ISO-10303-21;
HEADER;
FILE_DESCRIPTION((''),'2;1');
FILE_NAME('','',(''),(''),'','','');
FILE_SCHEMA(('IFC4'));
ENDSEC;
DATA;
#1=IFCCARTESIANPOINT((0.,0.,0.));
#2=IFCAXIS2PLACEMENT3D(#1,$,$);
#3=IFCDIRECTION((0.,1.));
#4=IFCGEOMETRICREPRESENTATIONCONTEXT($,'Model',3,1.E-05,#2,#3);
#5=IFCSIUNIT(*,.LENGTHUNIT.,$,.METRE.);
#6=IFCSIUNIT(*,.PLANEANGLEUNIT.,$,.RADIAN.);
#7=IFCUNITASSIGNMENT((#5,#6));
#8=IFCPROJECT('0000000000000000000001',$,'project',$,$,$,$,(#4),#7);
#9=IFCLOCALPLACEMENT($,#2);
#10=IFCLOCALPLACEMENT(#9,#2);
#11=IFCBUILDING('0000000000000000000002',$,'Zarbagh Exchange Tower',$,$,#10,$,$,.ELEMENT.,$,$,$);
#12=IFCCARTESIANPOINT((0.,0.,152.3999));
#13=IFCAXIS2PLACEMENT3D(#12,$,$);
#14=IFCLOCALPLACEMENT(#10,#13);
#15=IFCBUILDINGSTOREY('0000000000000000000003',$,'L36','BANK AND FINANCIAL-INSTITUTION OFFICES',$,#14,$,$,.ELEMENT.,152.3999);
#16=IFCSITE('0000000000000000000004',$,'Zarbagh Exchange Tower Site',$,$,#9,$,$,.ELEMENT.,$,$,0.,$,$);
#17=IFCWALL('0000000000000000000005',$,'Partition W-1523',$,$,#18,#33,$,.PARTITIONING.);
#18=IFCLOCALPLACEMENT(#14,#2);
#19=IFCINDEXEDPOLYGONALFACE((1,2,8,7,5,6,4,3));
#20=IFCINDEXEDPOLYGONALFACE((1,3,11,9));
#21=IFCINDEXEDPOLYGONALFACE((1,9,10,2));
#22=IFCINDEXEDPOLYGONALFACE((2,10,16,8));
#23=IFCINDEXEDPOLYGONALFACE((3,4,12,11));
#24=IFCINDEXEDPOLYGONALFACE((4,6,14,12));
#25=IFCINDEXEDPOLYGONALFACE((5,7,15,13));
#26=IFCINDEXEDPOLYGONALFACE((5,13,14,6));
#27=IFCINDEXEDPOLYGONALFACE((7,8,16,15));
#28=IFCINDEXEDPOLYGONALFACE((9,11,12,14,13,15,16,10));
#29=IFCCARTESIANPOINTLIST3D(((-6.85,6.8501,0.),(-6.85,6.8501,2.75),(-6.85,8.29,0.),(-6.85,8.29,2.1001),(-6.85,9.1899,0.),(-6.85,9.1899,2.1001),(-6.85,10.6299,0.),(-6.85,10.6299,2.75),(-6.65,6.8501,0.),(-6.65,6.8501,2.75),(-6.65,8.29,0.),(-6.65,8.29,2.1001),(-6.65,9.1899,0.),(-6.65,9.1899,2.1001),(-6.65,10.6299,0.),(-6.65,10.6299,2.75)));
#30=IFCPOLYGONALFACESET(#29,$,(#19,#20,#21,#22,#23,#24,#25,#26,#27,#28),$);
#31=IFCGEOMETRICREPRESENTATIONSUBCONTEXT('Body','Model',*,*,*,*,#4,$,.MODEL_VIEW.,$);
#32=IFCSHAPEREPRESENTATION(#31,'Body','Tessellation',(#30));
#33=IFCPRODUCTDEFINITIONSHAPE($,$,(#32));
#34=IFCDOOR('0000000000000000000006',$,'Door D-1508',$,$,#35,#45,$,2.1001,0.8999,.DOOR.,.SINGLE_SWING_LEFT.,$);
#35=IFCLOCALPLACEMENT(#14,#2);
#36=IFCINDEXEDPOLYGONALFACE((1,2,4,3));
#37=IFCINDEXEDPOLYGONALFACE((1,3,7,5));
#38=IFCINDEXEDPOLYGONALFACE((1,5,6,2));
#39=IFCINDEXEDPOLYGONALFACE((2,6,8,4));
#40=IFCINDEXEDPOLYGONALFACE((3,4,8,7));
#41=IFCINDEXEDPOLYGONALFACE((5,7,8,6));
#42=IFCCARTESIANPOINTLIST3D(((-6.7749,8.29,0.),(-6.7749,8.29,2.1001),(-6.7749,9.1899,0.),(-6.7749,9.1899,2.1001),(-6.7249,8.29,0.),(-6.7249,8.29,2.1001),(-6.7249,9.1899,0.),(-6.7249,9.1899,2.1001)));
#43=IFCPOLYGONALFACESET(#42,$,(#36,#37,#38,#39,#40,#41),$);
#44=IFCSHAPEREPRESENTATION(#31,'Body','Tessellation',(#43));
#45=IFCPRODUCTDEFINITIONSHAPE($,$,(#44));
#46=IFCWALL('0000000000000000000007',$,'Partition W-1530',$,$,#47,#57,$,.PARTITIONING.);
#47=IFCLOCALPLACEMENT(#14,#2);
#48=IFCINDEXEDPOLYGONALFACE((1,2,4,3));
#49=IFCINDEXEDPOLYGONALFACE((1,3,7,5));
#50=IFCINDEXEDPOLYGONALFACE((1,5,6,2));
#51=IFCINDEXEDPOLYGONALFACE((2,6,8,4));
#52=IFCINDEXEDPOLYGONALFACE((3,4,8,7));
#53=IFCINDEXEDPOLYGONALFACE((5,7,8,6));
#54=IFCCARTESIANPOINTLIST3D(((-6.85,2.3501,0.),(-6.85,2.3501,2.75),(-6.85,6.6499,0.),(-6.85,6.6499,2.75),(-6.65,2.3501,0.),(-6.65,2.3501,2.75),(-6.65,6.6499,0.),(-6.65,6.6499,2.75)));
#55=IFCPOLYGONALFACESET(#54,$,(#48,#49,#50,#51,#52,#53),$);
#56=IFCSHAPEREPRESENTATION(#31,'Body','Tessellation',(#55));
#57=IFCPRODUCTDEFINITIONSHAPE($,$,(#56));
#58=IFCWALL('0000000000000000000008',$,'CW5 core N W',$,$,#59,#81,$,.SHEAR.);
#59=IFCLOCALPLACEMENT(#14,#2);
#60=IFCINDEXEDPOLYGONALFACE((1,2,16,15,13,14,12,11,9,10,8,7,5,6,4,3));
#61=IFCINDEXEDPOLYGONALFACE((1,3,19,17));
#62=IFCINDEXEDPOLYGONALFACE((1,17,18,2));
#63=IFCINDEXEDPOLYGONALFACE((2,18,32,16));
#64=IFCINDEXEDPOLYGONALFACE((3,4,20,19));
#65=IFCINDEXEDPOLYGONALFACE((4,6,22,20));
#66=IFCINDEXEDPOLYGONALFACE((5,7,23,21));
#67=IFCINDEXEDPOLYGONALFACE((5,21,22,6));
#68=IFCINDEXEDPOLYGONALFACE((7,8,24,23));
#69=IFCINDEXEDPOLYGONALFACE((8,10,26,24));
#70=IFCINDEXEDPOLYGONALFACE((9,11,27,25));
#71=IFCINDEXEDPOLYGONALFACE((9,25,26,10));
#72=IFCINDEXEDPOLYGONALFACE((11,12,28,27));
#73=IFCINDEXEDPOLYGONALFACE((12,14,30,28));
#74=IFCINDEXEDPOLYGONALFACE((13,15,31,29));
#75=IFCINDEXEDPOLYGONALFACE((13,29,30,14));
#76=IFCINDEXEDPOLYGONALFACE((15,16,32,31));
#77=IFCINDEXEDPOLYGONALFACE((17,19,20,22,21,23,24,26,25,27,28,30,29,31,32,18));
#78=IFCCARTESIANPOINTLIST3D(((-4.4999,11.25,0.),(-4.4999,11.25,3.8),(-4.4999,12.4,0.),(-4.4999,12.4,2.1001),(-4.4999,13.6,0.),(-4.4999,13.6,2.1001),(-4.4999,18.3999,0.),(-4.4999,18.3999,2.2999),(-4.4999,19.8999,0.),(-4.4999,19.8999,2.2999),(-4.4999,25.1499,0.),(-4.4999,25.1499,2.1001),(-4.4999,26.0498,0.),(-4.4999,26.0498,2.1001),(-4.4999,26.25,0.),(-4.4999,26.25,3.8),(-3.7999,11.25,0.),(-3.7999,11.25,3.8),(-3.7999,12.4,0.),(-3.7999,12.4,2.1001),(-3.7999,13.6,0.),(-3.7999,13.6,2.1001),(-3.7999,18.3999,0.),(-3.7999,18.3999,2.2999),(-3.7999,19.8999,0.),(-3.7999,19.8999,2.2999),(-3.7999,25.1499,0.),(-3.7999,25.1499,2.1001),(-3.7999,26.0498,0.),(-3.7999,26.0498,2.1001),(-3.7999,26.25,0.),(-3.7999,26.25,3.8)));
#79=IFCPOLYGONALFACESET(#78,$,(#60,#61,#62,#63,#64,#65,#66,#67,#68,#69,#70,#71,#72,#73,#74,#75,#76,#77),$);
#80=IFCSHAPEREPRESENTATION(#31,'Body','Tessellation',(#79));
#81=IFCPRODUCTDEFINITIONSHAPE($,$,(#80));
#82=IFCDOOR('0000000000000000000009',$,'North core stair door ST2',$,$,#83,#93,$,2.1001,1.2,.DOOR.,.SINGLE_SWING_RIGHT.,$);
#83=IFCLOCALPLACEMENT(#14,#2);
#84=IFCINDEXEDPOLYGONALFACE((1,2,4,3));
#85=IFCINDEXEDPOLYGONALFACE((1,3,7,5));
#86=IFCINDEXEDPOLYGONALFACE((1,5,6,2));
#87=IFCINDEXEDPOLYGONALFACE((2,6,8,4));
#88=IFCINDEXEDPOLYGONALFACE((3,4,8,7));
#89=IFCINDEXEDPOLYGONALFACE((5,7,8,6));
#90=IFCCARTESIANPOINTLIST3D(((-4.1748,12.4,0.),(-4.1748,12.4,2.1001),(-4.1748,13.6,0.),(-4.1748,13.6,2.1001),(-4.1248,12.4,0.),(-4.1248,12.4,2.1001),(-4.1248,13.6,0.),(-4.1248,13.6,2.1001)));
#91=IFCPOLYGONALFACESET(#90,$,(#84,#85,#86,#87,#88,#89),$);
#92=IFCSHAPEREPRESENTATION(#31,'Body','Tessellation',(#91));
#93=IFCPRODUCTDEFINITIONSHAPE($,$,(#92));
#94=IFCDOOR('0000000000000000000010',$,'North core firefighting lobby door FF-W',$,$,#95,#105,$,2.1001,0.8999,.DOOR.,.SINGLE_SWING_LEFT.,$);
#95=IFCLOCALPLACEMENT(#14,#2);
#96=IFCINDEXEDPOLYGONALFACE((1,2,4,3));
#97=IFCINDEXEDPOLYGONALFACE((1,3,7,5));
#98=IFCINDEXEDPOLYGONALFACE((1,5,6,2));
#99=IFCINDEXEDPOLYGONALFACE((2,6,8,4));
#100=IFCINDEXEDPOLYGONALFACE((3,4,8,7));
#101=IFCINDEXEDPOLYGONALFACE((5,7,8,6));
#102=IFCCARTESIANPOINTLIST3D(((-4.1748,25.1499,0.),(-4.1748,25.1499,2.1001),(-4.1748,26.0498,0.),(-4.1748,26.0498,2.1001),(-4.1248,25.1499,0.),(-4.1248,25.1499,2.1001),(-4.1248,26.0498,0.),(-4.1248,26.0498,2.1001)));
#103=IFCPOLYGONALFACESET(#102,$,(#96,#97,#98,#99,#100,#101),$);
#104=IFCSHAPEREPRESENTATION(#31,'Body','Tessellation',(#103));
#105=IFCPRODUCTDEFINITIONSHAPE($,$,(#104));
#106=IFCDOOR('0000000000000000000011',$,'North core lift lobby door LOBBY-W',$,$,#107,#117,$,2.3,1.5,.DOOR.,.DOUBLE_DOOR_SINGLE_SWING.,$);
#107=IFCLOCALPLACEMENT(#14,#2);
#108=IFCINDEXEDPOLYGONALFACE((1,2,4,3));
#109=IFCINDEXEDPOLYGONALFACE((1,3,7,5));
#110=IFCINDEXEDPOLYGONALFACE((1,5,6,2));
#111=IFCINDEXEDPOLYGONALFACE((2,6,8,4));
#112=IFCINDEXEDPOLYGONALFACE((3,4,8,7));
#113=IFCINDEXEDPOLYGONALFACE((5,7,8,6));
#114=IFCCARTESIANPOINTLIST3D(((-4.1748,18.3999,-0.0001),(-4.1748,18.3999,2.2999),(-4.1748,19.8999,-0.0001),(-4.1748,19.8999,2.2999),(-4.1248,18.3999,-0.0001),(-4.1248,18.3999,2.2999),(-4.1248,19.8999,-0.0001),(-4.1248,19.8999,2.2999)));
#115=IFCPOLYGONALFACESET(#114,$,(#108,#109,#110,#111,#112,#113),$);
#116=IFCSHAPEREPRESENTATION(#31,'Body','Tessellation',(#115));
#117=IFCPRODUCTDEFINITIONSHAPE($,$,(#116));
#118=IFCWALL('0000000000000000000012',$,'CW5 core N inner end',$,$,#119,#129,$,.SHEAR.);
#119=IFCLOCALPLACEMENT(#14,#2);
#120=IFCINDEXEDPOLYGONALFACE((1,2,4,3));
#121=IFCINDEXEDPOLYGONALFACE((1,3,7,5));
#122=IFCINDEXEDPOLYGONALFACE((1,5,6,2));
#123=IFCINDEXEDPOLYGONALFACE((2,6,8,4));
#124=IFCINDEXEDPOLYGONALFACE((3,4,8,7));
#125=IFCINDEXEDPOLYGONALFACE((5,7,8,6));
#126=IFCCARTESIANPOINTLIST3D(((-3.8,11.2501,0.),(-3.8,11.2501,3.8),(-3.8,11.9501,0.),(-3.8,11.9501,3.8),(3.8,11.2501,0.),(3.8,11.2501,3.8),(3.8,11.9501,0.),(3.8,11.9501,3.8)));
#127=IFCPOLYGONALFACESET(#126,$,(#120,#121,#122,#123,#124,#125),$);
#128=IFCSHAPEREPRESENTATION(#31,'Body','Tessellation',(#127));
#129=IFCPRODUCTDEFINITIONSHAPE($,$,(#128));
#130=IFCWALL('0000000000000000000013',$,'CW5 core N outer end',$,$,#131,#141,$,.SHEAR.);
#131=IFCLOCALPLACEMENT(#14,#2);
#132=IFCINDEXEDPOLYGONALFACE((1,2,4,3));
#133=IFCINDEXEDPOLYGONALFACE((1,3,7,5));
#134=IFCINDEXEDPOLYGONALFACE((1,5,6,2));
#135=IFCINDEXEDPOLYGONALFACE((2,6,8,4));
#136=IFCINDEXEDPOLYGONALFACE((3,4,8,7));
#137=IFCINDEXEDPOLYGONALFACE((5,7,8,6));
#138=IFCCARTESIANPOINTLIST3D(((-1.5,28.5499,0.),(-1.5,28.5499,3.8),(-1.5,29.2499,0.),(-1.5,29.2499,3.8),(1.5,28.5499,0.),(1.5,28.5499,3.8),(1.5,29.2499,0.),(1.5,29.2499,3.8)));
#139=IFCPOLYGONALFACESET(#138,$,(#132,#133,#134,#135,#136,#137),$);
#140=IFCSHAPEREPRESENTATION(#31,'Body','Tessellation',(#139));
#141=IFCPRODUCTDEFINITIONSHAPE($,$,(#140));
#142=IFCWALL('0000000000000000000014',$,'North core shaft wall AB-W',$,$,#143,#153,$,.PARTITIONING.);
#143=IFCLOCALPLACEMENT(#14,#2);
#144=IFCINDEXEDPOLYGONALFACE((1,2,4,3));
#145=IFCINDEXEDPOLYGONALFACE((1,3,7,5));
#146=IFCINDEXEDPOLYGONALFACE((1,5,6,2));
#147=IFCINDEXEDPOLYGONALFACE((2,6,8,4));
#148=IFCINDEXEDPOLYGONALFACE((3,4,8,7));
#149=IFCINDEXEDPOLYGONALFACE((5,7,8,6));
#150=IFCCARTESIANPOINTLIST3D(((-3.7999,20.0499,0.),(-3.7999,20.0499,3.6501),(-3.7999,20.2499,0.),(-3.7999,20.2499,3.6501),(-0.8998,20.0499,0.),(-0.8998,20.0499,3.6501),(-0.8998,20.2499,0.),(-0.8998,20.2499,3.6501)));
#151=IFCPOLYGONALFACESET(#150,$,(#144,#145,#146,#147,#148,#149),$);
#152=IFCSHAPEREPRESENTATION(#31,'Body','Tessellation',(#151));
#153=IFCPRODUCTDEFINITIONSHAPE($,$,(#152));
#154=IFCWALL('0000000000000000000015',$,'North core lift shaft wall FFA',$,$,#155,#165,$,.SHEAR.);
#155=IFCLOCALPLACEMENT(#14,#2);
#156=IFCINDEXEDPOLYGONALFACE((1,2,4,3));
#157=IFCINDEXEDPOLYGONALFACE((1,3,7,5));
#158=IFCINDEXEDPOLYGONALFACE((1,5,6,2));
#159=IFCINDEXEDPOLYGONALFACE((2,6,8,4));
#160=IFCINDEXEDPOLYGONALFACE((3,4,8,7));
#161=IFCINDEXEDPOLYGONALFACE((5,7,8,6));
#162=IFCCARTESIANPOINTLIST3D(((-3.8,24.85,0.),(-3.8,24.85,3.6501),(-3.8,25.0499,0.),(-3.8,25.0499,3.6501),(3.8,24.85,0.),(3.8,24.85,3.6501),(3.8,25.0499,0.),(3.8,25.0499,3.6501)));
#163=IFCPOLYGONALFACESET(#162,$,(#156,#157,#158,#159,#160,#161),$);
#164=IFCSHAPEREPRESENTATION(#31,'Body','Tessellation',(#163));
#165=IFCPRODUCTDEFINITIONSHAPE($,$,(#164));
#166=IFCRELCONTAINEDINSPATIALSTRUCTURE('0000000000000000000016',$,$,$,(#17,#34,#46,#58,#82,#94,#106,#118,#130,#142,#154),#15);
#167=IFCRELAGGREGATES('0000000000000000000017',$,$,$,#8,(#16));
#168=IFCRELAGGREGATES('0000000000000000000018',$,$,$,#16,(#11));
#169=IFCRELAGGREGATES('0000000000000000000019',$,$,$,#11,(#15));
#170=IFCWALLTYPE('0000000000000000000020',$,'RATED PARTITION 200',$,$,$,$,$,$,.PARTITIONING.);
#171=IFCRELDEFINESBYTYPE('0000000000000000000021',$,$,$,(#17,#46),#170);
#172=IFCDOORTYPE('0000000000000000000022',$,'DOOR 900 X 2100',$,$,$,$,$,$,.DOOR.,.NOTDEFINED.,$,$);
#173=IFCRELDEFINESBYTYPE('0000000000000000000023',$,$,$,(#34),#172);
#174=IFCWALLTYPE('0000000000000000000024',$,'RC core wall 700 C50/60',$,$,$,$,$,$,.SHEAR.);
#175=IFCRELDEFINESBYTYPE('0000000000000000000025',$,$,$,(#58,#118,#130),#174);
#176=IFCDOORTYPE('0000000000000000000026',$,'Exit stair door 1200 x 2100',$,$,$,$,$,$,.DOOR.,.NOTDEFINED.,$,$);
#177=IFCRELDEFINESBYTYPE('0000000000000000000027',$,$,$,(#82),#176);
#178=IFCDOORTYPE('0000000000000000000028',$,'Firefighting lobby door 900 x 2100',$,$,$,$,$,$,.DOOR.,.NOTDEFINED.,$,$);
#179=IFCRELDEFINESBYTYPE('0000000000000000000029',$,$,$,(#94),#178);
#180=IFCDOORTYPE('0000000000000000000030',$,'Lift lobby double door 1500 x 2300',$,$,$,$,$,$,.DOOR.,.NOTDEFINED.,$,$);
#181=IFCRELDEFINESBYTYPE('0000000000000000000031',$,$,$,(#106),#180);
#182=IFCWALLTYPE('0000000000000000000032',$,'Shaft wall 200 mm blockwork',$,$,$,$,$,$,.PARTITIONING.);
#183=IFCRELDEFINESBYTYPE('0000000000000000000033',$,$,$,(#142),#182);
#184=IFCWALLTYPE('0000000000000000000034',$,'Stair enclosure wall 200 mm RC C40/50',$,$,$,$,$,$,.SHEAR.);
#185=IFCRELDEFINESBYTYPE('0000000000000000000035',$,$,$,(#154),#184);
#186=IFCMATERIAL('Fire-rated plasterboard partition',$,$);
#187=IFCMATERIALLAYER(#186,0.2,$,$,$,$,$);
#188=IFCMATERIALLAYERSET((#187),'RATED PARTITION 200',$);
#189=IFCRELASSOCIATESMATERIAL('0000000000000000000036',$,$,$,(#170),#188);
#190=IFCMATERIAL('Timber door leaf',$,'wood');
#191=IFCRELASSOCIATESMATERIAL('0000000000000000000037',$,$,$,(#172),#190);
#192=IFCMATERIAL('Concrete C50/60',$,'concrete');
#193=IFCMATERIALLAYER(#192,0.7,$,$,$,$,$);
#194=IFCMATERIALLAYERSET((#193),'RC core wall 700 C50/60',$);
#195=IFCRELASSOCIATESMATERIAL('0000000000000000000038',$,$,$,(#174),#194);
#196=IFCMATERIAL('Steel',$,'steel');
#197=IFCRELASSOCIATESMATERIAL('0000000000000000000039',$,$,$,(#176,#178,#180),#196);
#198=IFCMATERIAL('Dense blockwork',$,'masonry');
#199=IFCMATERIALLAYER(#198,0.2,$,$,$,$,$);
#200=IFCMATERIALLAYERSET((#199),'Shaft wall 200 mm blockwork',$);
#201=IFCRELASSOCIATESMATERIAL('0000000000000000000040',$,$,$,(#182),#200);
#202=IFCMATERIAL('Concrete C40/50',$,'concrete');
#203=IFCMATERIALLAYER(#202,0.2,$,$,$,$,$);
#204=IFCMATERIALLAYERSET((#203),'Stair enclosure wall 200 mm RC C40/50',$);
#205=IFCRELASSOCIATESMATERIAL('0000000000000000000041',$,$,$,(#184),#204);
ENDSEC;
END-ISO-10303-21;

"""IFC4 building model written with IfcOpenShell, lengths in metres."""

from ifc_helpers import new_model, si_unit, direction, frame, frame_2d, origin, place, context, subcontext, project, spatial, rectangle, extrude, material, layer, layer_set, type_object, element, fill, save


model = new_model("IFC4")

# Units and contexts
model_context = context("Model", 3, precision=1e-05, world=origin(), true_north=direction((0.0, 1.0)))
body_context = subcontext(model_context, "Body", "Model", "MODEL_VIEW")
ifc_project = project(units=[si_unit("LENGTHUNIT", "METRE"), si_unit("PLANEANGLEUNIT", "RADIAN")], contexts=[model_context])

# Site, building, storey
site_placement = place(None, origin())
site = spatial("IfcSite", under=ifc_project, at=site_placement, Name="Zarbagh Exchange Tower Site", CompositionType="ELEMENT", RefElevation=0.0)
building_placement = place(site_placement, origin())
building = spatial("IfcBuilding", under=site, at=building_placement, Name="Zarbagh Exchange Tower", CompositionType="ELEMENT")
storey_placement = place(building_placement, frame((0.0, 0.0, 152.3999)))
storey = spatial("IfcBuildingStorey", under=building, at=storey_placement, Name="L36", Description="BANK AND FINANCIAL-INSTITUTION OFFICES", CompositionType="ELEMENT", Elevation=152.3999)

# Shared definitions
ifc_material_1 = material(Name="Concrete C50/60", Category="concrete")

# Shared definitions
ifc_material_2 = material(Name="Fire-rated plasterboard partition")
ifc_layer_1 = layer(ifc_material_2, 0.2)
ifc_layer_set_1 = layer_set([ifc_layer_1], Name="RATED PARTITION 200")
wall_type_1 = type_object("IfcWallType", Name="RATED PARTITION 200", PredefinedType="PARTITIONING", material=ifc_layer_set_1)

# Wall, opening, door
wall_1_placement = place(storey_placement, frame((-6.75, 6.8501, 0.0), z_axis=(0.0, 0.0, 1.0), x_axis=(0.0, 1.0, 0.0)))
wall_1 = element("IfcWall", 1, at=wall_1_placement, inside=storey, type_object=wall_type_1, Name="Partition W-1523", PredefinedType="PARTITIONING", context=body_context, shape_type="SweptSolid", body=[
    extrude(rectangle(XDim=3.7798, YDim=0.2, at=frame_2d((1.8899, 0.0))), origin(), (0.0, 0.0, 1.0), 2.75),
])
opening_1_placement = place(wall_1_placement, frame((1.4399, 0.0, 0.0)))
opening_1 = element("IfcOpeningElement", 2, at=opening_1_placement, cuts=wall_1, PredefinedType="OPENING", context=body_context, shape_type="SweptSolid", body=[
    extrude(rectangle(XDim=0.8999, YDim=2.1001, at=frame_2d((0.45, 1.05))), frame((0.0, 0.1099, 0.0), z_axis=(0.0, -1.0, 0.0), x_axis=(1.0, 0.0, 0.0)), (0.0, 0.0, 1.0), 0.22),
])
ifc_material_3 = material(Name="Timber door leaf", Category="wood")
door_type_1 = type_object("IfcDoorType", Name="DOOR 900 X 2100", OperationType="NOTDEFINED", PredefinedType="DOOR", material=ifc_material_3)
door_1_placement = place(opening_1_placement, origin())
door_1 = element("IfcDoor", 3, at=door_1_placement, inside=storey, type_object=door_type_1, Name="Door D-1508", OperationType="SINGLE_SWING_LEFT", OverallHeight=2.1001, OverallWidth=0.8999, PredefinedType="DOOR", context=body_context, shape_type="SweptSolid", body=[
    extrude(rectangle(XDim=0.8999, YDim=2.1001, at=frame_2d((0.45, 1.05))), frame((0.0, 0.0249, 0.0), z_axis=(0.0, -1.0, 0.0), x_axis=(1.0, 0.0, 0.0)), (0.0, 0.0, 1.0), 0.05),
])
fill(opening_1, door_1)

# Wall
wall_2_placement = place(storey_placement, frame((-6.75, 2.3501, 0.0), z_axis=(0.0, 0.0, 1.0), x_axis=(0.0, 1.0, 0.0)))
element("IfcWall", 4, at=wall_2_placement, inside=storey, type_object=wall_type_1, Name="Partition W-1530", PredefinedType="PARTITIONING", context=body_context, shape_type="SweptSolid", body=[
    extrude(rectangle(XDim=4.2998, YDim=0.2, at=frame_2d((2.1499, 0.0))), origin(), (0.0, 0.0, 1.0), 2.75),
])

# Wall, openings, doors
ifc_layer_2 = layer(ifc_material_1, 0.7)
ifc_layer_set_2 = layer_set([ifc_layer_2], Name="RC core wall 700 C50/60")
wall_type_2 = type_object("IfcWallType", Name="RC core wall 700 C50/60", PredefinedType="SHEAR", material=ifc_layer_set_2)
wall_3_placement = place(storey_placement, frame((-4.1499, 11.25, 0.0), z_axis=(0.0, 0.0, 1.0), x_axis=(0.0, 1.0, 0.0)))
wall_3 = element("IfcWall", 5, at=wall_3_placement, inside=storey, type_object=wall_type_2, Name="CW5 core N W", PredefinedType="SHEAR", context=body_context, shape_type="SweptSolid", body=[
    extrude(rectangle(XDim=15.0, YDim=0.7, at=frame_2d((7.5, 0.0))), origin(), (0.0, 0.0, 1.0), 3.8),
])
opening_2_placement = place(wall_3_placement, frame((7.1499, 0.0, 0.0)))
opening_2 = element("IfcOpeningElement", 6, at=opening_2_placement, cuts=wall_3, PredefinedType="OPENING", context=body_context, shape_type="SweptSolid", body=[
    extrude(rectangle(XDim=1.5, YDim=2.3, at=frame_2d((0.75, 1.1499))), frame((0.0, 0.3599, 0.0), z_axis=(0.0, -1.0, 0.0), x_axis=(1.0, 0.0, 0.0)), (0.0, 0.0, 1.0), 0.72),
])
opening_3_placement = place(wall_3_placement, frame((13.8999, 0.0, 0.0)))
opening_3 = element("IfcOpeningElement", 7, at=opening_3_placement, cuts=wall_3, PredefinedType="OPENING", context=body_context, shape_type="SweptSolid", body=[
    extrude(rectangle(XDim=0.8999, YDim=2.1001, at=frame_2d((0.45, 1.05))), frame((0.0, 0.3599, 0.0), z_axis=(0.0, -1.0, 0.0), x_axis=(1.0, 0.0, 0.0)), (0.0, 0.0, 1.0), 0.72),
])
opening_4_placement = place(wall_3_placement, frame((1.1499, 0.0, 0.0)))
opening_4 = element("IfcOpeningElement", 8, at=opening_4_placement, cuts=wall_3, PredefinedType="OPENING", context=body_context, shape_type="SweptSolid", body=[
    extrude(rectangle(XDim=1.2, YDim=2.1001, at=frame_2d((0.6001, 1.05))), frame((0.0, 0.3599, 0.0), z_axis=(0.0, -1.0, 0.0), x_axis=(1.0, 0.0, 0.0)), (0.0, 0.0, 1.0), 0.72),
])
ifc_material_4 = material(Name="Steel", Category="steel")
door_type_2 = type_object("IfcDoorType", Name="Exit stair door 1200 x 2100", OperationType="NOTDEFINED", PredefinedType="DOOR", material=ifc_material_4)
door_2_placement = place(opening_4_placement, origin())
door_2 = element("IfcDoor", 9, at=door_2_placement, inside=storey, type_object=door_type_2, Name="North core stair door ST2", OperationType="SINGLE_SWING_RIGHT", OverallHeight=2.1001, OverallWidth=1.2, PredefinedType="DOOR", context=body_context, shape_type="SweptSolid", body=[
    extrude(rectangle(XDim=1.2, YDim=2.1001, at=frame_2d((0.6001, 1.05))), frame((0.0, 0.0249, 0.0), z_axis=(0.0, -1.0, 0.0), x_axis=(1.0, 0.0, 0.0)), (0.0, 0.0, 1.0), 0.05),
])
fill(opening_4, door_2)
door_type_3 = type_object("IfcDoorType", Name="Firefighting lobby door 900 x 2100", OperationType="NOTDEFINED", PredefinedType="DOOR", material=ifc_material_4)
door_3_placement = place(opening_3_placement, origin())
door_3 = element("IfcDoor", 10, at=door_3_placement, inside=storey, type_object=door_type_3, Name="North core firefighting lobby door FF-W", OperationType="SINGLE_SWING_LEFT", OverallHeight=2.1001, OverallWidth=0.8999, PredefinedType="DOOR", context=body_context, shape_type="SweptSolid", body=[
    extrude(rectangle(XDim=0.8999, YDim=2.1001, at=frame_2d((0.45, 1.05))), frame((0.0, 0.0249, 0.0), z_axis=(0.0, -1.0, 0.0), x_axis=(1.0, 0.0, 0.0)), (0.0, 0.0, 1.0), 0.05),
])
fill(opening_3, door_3)
door_type_4 = type_object("IfcDoorType", Name="Lift lobby double door 1500 x 2300", OperationType="NOTDEFINED", PredefinedType="DOOR", material=ifc_material_4)
door_4_placement = place(opening_2_placement, origin())
door_4 = element("IfcDoor", 11, at=door_4_placement, inside=storey, type_object=door_type_4, Name="North core lift lobby door LOBBY-W", OperationType="DOUBLE_DOOR_SINGLE_SWING", OverallHeight=2.3, OverallWidth=1.5, PredefinedType="DOOR", context=body_context, shape_type="SweptSolid", body=[
    extrude(rectangle(XDim=1.5, YDim=2.3, at=frame_2d((0.75, 1.1499))), frame((0.0, 0.0249, 0.0), z_axis=(0.0, -1.0, 0.0), x_axis=(1.0, 0.0, 0.0)), (0.0, 0.0, 1.0), 0.05),
])
fill(opening_2, door_4)

# Walls
wall_4_placement = place(storey_placement, frame((-3.8, 11.6001, 0.0), z_axis=(0.0, 0.0, 1.0), x_axis=(1.0, 0.0, 0.0)))
element("IfcWall", 12, at=wall_4_placement, inside=storey, type_object=wall_type_2, Name="CW5 core N inner end", PredefinedType="SHEAR", context=body_context, shape_type="SweptSolid", body=[
    extrude(rectangle(XDim=7.6001, YDim=0.7, at=frame_2d((3.8, 0.0))), origin(), (0.0, 0.0, 1.0), 3.8),
])
wall_5_placement = place(storey_placement, frame((-1.5, 28.8999, 0.0), z_axis=(0.0, 0.0, 1.0), x_axis=(1.0, 0.0, 0.0)))
element("IfcWall", 13, at=wall_5_placement, inside=storey, type_object=wall_type_2, Name="CW5 core N outer end", PredefinedType="SHEAR", context=body_context, shape_type="SweptSolid", body=[
    extrude(rectangle(XDim=3.0, YDim=0.7, at=frame_2d((1.5, 0.0))), origin(), (0.0, 0.0, 1.0), 3.8),
])
ifc_material_5 = material(Name="Dense blockwork", Category="masonry")
ifc_layer_3 = layer(ifc_material_5, 0.2)
ifc_layer_set_3 = layer_set([ifc_layer_3], Name="Shaft wall 200 mm blockwork")
wall_type_3 = type_object("IfcWallType", Name="Shaft wall 200 mm blockwork", PredefinedType="PARTITIONING", material=ifc_layer_set_3)
wall_6_placement = place(storey_placement, frame((-3.8, 20.1499, 0.0), z_axis=(0.0, 0.0, 1.0), x_axis=(1.0, 0.0, 0.0)))
element("IfcWall", 14, at=wall_6_placement, inside=storey, type_object=wall_type_3, Name="North core shaft wall AB-W", PredefinedType="PARTITIONING", context=body_context, shape_type="SweptSolid", body=[
    extrude(rectangle(XDim=2.9001, YDim=0.2, at=frame_2d((1.4502, 0.0))), origin(), (0.0, 0.0, 1.0), 3.6501),
])
ifc_material_6 = material(Name="Concrete C40/50", Category="concrete")
ifc_layer_4 = layer(ifc_material_6, 0.2)
ifc_layer_set_4 = layer_set([ifc_layer_4], Name="Stair enclosure wall 200 mm RC C40/50")
wall_type_4 = type_object("IfcWallType", Name="Stair enclosure wall 200 mm RC C40/50", PredefinedType="SHEAR", material=ifc_layer_set_4)
for number, where, z_axis, x_axis, name in (
    (15, (-3.8, 24.95, 0.0), (0.0, 0.0, 1.0), (1.0, 0.0, 0.0), "North core lift shaft wall FFA"),
):
    element("IfcWall", number, at=place(storey_placement, frame(where, z_axis=z_axis, x_axis=x_axis)), inside=storey, type_object=wall_type_4, Name=name, PredefinedType="SHEAR", context=body_context, shape_type="SweptSolid", body=[
        extrude(rectangle(XDim=7.6001, YDim=0.2, at=frame_2d((3.8, 0.0))), origin(), (0.0, 0.0, 1.0), 3.6501),
    ])

save(model, "model.ifc")
